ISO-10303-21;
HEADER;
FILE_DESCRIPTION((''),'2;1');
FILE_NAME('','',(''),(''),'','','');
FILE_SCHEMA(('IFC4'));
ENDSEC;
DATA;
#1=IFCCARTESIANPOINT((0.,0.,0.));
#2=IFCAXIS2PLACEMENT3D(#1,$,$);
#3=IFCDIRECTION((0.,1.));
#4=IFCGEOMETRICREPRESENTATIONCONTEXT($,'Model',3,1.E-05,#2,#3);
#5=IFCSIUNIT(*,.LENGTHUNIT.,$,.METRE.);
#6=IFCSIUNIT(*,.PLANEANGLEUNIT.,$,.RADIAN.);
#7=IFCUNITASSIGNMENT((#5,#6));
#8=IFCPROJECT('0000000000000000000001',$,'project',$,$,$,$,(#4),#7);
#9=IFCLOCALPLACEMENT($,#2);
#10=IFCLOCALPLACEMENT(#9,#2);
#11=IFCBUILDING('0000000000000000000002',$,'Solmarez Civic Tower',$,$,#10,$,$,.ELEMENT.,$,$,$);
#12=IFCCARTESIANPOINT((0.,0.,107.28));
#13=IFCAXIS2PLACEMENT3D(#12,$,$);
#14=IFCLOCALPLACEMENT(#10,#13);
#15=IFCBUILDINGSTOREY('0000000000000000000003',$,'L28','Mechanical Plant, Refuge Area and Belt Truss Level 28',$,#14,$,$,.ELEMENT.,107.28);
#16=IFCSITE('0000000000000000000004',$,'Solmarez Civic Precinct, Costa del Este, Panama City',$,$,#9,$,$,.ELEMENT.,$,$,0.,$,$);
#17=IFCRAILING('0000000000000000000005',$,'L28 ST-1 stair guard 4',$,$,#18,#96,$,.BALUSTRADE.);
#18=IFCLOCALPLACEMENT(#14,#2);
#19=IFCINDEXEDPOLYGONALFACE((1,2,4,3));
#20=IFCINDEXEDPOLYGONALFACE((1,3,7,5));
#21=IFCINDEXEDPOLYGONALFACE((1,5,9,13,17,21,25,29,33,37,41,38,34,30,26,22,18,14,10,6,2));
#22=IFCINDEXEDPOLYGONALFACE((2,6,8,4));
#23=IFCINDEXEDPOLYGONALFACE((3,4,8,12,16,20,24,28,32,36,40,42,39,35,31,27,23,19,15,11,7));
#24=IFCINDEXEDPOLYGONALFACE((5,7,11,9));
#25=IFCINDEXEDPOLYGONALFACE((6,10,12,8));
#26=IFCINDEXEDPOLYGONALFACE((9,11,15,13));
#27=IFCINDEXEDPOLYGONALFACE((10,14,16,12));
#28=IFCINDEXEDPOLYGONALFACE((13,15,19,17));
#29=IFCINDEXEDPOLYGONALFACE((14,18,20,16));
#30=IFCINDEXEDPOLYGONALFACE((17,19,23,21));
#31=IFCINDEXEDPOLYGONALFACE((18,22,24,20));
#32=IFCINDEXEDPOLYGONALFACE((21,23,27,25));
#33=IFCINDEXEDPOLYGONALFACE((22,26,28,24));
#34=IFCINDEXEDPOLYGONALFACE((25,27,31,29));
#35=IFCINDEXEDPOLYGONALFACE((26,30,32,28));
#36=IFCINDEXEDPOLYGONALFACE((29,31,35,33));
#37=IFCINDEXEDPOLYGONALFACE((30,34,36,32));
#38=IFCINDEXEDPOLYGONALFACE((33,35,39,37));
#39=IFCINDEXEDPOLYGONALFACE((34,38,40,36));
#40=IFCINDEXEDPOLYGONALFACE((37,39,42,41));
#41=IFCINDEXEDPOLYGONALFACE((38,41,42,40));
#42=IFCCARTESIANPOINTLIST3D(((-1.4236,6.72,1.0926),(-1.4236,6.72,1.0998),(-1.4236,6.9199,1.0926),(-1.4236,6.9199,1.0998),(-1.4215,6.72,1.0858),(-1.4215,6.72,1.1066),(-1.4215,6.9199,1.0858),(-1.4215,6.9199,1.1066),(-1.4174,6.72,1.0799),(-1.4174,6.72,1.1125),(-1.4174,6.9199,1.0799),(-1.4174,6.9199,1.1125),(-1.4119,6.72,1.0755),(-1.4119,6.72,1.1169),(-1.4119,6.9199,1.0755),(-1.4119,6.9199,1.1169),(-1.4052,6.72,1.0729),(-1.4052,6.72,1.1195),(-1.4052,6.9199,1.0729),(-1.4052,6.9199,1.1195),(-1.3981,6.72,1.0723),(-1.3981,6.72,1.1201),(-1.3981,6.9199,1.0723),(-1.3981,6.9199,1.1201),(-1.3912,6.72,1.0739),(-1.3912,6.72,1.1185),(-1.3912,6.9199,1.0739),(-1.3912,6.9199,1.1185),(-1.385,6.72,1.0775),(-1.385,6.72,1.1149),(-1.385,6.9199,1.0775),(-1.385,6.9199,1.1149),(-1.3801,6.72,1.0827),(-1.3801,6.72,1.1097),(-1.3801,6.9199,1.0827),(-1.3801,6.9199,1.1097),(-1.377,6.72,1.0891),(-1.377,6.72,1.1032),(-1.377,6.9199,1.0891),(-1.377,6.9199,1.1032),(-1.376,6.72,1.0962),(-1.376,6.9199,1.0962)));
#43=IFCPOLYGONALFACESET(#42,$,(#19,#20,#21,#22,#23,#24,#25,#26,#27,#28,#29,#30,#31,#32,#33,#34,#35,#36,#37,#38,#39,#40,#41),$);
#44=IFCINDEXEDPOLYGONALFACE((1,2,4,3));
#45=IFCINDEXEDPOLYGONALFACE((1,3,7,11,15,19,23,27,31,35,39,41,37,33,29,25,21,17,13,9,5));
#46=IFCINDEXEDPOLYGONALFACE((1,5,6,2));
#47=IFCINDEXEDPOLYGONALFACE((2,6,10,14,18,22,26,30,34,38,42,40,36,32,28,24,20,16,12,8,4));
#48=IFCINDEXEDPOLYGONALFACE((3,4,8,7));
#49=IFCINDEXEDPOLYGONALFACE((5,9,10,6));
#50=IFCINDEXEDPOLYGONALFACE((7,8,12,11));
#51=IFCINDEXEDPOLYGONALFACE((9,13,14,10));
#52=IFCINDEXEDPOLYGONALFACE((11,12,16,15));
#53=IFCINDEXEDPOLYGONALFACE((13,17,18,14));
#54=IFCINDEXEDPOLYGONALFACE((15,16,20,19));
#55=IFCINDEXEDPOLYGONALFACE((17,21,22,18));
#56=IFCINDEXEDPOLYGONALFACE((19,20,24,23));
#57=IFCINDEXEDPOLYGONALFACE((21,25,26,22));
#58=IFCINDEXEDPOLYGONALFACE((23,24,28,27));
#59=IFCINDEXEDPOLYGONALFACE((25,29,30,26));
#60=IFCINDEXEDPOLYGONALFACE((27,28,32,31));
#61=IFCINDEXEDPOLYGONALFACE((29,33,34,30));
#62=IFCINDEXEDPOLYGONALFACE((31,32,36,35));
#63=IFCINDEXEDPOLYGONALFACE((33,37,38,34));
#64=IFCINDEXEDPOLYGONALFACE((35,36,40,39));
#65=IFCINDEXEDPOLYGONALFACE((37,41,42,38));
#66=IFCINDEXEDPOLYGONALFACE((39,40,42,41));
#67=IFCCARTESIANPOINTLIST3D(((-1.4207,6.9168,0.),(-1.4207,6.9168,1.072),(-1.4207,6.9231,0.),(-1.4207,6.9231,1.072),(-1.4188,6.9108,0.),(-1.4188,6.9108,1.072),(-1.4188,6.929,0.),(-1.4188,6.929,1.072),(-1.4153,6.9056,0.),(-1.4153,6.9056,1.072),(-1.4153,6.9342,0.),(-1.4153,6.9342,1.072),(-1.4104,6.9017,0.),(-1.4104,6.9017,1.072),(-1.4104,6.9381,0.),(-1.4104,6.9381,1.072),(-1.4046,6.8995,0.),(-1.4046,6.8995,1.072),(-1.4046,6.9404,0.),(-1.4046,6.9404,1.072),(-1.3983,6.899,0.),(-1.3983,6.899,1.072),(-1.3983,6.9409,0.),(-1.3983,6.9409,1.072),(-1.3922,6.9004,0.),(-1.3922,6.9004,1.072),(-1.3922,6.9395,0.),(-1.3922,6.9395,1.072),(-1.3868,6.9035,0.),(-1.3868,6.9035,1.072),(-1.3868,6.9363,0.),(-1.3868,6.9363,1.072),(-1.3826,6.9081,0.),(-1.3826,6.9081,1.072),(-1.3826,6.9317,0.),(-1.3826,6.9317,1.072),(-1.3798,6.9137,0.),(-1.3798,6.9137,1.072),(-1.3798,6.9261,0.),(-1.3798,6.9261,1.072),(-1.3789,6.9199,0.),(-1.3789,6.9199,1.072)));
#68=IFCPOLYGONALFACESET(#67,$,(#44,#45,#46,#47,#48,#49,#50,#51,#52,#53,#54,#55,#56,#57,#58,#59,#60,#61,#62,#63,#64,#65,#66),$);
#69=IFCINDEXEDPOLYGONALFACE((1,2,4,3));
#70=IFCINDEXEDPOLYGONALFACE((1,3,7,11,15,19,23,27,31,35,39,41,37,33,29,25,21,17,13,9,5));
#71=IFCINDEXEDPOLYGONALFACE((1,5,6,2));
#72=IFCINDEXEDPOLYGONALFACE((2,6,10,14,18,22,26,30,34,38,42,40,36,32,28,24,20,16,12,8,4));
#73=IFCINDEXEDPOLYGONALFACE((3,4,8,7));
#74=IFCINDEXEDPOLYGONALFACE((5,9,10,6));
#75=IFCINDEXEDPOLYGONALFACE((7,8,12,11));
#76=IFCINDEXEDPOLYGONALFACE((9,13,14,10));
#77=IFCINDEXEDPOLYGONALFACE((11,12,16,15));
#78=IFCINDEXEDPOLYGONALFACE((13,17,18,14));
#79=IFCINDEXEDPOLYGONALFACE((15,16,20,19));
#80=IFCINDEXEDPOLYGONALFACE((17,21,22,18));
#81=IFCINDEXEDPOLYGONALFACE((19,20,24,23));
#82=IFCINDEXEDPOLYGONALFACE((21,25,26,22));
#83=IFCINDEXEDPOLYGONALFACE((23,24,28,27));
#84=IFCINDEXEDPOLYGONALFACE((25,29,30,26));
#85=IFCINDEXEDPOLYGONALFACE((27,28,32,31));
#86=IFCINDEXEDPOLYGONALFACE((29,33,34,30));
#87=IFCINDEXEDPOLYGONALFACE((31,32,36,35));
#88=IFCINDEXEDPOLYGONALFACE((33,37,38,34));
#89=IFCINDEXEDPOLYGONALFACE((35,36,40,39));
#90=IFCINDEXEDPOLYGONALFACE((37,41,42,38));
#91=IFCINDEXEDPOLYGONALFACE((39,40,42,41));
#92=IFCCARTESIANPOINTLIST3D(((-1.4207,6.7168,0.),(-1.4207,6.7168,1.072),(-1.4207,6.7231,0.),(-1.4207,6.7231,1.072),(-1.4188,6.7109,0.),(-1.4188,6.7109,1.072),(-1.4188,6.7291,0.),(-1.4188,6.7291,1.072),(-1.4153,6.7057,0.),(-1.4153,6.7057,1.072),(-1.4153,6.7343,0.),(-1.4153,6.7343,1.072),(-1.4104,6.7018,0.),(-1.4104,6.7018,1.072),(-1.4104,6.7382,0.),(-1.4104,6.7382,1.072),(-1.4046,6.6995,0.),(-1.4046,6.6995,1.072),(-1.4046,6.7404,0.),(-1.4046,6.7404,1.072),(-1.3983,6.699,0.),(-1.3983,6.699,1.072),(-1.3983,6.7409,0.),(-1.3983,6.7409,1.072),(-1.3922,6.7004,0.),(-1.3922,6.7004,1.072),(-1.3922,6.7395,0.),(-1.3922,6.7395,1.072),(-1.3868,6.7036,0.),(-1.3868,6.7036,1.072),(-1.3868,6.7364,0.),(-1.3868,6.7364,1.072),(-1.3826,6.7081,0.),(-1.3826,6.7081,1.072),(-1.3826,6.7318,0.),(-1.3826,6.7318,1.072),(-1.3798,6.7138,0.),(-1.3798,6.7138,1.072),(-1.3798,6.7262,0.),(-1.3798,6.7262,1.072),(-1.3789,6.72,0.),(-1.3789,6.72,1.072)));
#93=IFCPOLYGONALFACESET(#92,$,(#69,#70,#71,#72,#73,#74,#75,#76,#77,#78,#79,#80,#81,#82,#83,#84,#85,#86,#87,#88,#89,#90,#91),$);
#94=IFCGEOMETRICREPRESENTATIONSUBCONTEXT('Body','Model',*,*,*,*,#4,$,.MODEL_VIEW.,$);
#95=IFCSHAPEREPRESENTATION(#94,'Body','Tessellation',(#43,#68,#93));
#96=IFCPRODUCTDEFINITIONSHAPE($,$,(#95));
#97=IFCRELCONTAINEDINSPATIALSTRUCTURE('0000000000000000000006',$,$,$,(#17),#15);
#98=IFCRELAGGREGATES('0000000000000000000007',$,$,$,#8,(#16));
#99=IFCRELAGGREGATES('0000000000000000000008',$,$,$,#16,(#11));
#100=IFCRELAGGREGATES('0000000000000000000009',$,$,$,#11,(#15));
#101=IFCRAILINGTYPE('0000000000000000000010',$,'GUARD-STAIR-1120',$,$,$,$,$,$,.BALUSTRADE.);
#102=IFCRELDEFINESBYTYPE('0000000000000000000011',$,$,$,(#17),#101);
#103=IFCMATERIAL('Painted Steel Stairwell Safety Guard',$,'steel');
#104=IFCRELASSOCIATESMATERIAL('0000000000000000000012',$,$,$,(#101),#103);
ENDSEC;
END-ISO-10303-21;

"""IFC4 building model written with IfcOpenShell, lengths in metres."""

from ifc_helpers import new_model, si_unit, direction, frame, origin, origin_2d, place, context, subcontext, project, spatial, circle, extrude, material, type_object, element, save


model = new_model("IFC4")

# Units and contexts
model_context = context("Model", 3, precision=1e-05, world=origin(), true_north=direction((0.0, 1.0)))
body_context = subcontext(model_context, "Body", "Model", "MODEL_VIEW")
ifc_project = project(units=[si_unit("LENGTHUNIT", "METRE"), si_unit("PLANEANGLEUNIT", "RADIAN")], contexts=[model_context])

# Site, building, storey
site_placement = place(None, origin())
site = spatial("IfcSite", under=ifc_project, at=site_placement, Name="Solmarez Civic Precinct, Costa del Este, Panama City", CompositionType="ELEMENT", RefElevation=0.0)
building_placement = place(site_placement, origin())
building = spatial("IfcBuilding", under=site, at=building_placement, Name="Solmarez Civic Tower", CompositionType="ELEMENT")
storey_placement = place(building_placement, frame((0.0, 0.0, 107.28)))
storey = spatial("IfcBuildingStorey", under=building, at=storey_placement, Name="L28", Description="Mechanical Plant, Refuge Area and Belt Truss Level 28", CompositionType="ELEMENT", Elevation=107.28)

# Railing
ifc_material_1 = material(Name="Painted Steel Stairwell Safety Guard", Category="steel")
railing_type_1 = type_object("IfcRailingType", Name="GUARD-STAIR-1120", PredefinedType="BALUSTRADE", material=ifc_material_1)
railing_1_placement = place(storey_placement, frame((-1.3999, 6.9199, 0.0)))
element("IfcRailing", 1, at=railing_1_placement, inside=storey, type_object=railing_type_1, Name="L28 ST-1 stair guard 4", PredefinedType="BALUSTRADE", context=body_context, shape_type="SweptSolid", body=[
    extrude(circle(Radius=0.0239, at=origin_2d()), frame((0.0, 0.0, 1.0962), z_axis=(0.0, -1.0, 0.0), x_axis=(1.0, 0.0, 0.0)), (0.0, 0.0, 1.0), 0.2),
    extrude(circle(Radius=0.021, at=origin_2d()), origin(), (0.0, 0.0, 1.0), 1.072),
    extrude(circle(Radius=0.021, at=origin_2d()), frame((0.0, -0.2, 0.0)), (0.0, 0.0, 1.0), 1.072),
])

save(model, "model.ifc")
